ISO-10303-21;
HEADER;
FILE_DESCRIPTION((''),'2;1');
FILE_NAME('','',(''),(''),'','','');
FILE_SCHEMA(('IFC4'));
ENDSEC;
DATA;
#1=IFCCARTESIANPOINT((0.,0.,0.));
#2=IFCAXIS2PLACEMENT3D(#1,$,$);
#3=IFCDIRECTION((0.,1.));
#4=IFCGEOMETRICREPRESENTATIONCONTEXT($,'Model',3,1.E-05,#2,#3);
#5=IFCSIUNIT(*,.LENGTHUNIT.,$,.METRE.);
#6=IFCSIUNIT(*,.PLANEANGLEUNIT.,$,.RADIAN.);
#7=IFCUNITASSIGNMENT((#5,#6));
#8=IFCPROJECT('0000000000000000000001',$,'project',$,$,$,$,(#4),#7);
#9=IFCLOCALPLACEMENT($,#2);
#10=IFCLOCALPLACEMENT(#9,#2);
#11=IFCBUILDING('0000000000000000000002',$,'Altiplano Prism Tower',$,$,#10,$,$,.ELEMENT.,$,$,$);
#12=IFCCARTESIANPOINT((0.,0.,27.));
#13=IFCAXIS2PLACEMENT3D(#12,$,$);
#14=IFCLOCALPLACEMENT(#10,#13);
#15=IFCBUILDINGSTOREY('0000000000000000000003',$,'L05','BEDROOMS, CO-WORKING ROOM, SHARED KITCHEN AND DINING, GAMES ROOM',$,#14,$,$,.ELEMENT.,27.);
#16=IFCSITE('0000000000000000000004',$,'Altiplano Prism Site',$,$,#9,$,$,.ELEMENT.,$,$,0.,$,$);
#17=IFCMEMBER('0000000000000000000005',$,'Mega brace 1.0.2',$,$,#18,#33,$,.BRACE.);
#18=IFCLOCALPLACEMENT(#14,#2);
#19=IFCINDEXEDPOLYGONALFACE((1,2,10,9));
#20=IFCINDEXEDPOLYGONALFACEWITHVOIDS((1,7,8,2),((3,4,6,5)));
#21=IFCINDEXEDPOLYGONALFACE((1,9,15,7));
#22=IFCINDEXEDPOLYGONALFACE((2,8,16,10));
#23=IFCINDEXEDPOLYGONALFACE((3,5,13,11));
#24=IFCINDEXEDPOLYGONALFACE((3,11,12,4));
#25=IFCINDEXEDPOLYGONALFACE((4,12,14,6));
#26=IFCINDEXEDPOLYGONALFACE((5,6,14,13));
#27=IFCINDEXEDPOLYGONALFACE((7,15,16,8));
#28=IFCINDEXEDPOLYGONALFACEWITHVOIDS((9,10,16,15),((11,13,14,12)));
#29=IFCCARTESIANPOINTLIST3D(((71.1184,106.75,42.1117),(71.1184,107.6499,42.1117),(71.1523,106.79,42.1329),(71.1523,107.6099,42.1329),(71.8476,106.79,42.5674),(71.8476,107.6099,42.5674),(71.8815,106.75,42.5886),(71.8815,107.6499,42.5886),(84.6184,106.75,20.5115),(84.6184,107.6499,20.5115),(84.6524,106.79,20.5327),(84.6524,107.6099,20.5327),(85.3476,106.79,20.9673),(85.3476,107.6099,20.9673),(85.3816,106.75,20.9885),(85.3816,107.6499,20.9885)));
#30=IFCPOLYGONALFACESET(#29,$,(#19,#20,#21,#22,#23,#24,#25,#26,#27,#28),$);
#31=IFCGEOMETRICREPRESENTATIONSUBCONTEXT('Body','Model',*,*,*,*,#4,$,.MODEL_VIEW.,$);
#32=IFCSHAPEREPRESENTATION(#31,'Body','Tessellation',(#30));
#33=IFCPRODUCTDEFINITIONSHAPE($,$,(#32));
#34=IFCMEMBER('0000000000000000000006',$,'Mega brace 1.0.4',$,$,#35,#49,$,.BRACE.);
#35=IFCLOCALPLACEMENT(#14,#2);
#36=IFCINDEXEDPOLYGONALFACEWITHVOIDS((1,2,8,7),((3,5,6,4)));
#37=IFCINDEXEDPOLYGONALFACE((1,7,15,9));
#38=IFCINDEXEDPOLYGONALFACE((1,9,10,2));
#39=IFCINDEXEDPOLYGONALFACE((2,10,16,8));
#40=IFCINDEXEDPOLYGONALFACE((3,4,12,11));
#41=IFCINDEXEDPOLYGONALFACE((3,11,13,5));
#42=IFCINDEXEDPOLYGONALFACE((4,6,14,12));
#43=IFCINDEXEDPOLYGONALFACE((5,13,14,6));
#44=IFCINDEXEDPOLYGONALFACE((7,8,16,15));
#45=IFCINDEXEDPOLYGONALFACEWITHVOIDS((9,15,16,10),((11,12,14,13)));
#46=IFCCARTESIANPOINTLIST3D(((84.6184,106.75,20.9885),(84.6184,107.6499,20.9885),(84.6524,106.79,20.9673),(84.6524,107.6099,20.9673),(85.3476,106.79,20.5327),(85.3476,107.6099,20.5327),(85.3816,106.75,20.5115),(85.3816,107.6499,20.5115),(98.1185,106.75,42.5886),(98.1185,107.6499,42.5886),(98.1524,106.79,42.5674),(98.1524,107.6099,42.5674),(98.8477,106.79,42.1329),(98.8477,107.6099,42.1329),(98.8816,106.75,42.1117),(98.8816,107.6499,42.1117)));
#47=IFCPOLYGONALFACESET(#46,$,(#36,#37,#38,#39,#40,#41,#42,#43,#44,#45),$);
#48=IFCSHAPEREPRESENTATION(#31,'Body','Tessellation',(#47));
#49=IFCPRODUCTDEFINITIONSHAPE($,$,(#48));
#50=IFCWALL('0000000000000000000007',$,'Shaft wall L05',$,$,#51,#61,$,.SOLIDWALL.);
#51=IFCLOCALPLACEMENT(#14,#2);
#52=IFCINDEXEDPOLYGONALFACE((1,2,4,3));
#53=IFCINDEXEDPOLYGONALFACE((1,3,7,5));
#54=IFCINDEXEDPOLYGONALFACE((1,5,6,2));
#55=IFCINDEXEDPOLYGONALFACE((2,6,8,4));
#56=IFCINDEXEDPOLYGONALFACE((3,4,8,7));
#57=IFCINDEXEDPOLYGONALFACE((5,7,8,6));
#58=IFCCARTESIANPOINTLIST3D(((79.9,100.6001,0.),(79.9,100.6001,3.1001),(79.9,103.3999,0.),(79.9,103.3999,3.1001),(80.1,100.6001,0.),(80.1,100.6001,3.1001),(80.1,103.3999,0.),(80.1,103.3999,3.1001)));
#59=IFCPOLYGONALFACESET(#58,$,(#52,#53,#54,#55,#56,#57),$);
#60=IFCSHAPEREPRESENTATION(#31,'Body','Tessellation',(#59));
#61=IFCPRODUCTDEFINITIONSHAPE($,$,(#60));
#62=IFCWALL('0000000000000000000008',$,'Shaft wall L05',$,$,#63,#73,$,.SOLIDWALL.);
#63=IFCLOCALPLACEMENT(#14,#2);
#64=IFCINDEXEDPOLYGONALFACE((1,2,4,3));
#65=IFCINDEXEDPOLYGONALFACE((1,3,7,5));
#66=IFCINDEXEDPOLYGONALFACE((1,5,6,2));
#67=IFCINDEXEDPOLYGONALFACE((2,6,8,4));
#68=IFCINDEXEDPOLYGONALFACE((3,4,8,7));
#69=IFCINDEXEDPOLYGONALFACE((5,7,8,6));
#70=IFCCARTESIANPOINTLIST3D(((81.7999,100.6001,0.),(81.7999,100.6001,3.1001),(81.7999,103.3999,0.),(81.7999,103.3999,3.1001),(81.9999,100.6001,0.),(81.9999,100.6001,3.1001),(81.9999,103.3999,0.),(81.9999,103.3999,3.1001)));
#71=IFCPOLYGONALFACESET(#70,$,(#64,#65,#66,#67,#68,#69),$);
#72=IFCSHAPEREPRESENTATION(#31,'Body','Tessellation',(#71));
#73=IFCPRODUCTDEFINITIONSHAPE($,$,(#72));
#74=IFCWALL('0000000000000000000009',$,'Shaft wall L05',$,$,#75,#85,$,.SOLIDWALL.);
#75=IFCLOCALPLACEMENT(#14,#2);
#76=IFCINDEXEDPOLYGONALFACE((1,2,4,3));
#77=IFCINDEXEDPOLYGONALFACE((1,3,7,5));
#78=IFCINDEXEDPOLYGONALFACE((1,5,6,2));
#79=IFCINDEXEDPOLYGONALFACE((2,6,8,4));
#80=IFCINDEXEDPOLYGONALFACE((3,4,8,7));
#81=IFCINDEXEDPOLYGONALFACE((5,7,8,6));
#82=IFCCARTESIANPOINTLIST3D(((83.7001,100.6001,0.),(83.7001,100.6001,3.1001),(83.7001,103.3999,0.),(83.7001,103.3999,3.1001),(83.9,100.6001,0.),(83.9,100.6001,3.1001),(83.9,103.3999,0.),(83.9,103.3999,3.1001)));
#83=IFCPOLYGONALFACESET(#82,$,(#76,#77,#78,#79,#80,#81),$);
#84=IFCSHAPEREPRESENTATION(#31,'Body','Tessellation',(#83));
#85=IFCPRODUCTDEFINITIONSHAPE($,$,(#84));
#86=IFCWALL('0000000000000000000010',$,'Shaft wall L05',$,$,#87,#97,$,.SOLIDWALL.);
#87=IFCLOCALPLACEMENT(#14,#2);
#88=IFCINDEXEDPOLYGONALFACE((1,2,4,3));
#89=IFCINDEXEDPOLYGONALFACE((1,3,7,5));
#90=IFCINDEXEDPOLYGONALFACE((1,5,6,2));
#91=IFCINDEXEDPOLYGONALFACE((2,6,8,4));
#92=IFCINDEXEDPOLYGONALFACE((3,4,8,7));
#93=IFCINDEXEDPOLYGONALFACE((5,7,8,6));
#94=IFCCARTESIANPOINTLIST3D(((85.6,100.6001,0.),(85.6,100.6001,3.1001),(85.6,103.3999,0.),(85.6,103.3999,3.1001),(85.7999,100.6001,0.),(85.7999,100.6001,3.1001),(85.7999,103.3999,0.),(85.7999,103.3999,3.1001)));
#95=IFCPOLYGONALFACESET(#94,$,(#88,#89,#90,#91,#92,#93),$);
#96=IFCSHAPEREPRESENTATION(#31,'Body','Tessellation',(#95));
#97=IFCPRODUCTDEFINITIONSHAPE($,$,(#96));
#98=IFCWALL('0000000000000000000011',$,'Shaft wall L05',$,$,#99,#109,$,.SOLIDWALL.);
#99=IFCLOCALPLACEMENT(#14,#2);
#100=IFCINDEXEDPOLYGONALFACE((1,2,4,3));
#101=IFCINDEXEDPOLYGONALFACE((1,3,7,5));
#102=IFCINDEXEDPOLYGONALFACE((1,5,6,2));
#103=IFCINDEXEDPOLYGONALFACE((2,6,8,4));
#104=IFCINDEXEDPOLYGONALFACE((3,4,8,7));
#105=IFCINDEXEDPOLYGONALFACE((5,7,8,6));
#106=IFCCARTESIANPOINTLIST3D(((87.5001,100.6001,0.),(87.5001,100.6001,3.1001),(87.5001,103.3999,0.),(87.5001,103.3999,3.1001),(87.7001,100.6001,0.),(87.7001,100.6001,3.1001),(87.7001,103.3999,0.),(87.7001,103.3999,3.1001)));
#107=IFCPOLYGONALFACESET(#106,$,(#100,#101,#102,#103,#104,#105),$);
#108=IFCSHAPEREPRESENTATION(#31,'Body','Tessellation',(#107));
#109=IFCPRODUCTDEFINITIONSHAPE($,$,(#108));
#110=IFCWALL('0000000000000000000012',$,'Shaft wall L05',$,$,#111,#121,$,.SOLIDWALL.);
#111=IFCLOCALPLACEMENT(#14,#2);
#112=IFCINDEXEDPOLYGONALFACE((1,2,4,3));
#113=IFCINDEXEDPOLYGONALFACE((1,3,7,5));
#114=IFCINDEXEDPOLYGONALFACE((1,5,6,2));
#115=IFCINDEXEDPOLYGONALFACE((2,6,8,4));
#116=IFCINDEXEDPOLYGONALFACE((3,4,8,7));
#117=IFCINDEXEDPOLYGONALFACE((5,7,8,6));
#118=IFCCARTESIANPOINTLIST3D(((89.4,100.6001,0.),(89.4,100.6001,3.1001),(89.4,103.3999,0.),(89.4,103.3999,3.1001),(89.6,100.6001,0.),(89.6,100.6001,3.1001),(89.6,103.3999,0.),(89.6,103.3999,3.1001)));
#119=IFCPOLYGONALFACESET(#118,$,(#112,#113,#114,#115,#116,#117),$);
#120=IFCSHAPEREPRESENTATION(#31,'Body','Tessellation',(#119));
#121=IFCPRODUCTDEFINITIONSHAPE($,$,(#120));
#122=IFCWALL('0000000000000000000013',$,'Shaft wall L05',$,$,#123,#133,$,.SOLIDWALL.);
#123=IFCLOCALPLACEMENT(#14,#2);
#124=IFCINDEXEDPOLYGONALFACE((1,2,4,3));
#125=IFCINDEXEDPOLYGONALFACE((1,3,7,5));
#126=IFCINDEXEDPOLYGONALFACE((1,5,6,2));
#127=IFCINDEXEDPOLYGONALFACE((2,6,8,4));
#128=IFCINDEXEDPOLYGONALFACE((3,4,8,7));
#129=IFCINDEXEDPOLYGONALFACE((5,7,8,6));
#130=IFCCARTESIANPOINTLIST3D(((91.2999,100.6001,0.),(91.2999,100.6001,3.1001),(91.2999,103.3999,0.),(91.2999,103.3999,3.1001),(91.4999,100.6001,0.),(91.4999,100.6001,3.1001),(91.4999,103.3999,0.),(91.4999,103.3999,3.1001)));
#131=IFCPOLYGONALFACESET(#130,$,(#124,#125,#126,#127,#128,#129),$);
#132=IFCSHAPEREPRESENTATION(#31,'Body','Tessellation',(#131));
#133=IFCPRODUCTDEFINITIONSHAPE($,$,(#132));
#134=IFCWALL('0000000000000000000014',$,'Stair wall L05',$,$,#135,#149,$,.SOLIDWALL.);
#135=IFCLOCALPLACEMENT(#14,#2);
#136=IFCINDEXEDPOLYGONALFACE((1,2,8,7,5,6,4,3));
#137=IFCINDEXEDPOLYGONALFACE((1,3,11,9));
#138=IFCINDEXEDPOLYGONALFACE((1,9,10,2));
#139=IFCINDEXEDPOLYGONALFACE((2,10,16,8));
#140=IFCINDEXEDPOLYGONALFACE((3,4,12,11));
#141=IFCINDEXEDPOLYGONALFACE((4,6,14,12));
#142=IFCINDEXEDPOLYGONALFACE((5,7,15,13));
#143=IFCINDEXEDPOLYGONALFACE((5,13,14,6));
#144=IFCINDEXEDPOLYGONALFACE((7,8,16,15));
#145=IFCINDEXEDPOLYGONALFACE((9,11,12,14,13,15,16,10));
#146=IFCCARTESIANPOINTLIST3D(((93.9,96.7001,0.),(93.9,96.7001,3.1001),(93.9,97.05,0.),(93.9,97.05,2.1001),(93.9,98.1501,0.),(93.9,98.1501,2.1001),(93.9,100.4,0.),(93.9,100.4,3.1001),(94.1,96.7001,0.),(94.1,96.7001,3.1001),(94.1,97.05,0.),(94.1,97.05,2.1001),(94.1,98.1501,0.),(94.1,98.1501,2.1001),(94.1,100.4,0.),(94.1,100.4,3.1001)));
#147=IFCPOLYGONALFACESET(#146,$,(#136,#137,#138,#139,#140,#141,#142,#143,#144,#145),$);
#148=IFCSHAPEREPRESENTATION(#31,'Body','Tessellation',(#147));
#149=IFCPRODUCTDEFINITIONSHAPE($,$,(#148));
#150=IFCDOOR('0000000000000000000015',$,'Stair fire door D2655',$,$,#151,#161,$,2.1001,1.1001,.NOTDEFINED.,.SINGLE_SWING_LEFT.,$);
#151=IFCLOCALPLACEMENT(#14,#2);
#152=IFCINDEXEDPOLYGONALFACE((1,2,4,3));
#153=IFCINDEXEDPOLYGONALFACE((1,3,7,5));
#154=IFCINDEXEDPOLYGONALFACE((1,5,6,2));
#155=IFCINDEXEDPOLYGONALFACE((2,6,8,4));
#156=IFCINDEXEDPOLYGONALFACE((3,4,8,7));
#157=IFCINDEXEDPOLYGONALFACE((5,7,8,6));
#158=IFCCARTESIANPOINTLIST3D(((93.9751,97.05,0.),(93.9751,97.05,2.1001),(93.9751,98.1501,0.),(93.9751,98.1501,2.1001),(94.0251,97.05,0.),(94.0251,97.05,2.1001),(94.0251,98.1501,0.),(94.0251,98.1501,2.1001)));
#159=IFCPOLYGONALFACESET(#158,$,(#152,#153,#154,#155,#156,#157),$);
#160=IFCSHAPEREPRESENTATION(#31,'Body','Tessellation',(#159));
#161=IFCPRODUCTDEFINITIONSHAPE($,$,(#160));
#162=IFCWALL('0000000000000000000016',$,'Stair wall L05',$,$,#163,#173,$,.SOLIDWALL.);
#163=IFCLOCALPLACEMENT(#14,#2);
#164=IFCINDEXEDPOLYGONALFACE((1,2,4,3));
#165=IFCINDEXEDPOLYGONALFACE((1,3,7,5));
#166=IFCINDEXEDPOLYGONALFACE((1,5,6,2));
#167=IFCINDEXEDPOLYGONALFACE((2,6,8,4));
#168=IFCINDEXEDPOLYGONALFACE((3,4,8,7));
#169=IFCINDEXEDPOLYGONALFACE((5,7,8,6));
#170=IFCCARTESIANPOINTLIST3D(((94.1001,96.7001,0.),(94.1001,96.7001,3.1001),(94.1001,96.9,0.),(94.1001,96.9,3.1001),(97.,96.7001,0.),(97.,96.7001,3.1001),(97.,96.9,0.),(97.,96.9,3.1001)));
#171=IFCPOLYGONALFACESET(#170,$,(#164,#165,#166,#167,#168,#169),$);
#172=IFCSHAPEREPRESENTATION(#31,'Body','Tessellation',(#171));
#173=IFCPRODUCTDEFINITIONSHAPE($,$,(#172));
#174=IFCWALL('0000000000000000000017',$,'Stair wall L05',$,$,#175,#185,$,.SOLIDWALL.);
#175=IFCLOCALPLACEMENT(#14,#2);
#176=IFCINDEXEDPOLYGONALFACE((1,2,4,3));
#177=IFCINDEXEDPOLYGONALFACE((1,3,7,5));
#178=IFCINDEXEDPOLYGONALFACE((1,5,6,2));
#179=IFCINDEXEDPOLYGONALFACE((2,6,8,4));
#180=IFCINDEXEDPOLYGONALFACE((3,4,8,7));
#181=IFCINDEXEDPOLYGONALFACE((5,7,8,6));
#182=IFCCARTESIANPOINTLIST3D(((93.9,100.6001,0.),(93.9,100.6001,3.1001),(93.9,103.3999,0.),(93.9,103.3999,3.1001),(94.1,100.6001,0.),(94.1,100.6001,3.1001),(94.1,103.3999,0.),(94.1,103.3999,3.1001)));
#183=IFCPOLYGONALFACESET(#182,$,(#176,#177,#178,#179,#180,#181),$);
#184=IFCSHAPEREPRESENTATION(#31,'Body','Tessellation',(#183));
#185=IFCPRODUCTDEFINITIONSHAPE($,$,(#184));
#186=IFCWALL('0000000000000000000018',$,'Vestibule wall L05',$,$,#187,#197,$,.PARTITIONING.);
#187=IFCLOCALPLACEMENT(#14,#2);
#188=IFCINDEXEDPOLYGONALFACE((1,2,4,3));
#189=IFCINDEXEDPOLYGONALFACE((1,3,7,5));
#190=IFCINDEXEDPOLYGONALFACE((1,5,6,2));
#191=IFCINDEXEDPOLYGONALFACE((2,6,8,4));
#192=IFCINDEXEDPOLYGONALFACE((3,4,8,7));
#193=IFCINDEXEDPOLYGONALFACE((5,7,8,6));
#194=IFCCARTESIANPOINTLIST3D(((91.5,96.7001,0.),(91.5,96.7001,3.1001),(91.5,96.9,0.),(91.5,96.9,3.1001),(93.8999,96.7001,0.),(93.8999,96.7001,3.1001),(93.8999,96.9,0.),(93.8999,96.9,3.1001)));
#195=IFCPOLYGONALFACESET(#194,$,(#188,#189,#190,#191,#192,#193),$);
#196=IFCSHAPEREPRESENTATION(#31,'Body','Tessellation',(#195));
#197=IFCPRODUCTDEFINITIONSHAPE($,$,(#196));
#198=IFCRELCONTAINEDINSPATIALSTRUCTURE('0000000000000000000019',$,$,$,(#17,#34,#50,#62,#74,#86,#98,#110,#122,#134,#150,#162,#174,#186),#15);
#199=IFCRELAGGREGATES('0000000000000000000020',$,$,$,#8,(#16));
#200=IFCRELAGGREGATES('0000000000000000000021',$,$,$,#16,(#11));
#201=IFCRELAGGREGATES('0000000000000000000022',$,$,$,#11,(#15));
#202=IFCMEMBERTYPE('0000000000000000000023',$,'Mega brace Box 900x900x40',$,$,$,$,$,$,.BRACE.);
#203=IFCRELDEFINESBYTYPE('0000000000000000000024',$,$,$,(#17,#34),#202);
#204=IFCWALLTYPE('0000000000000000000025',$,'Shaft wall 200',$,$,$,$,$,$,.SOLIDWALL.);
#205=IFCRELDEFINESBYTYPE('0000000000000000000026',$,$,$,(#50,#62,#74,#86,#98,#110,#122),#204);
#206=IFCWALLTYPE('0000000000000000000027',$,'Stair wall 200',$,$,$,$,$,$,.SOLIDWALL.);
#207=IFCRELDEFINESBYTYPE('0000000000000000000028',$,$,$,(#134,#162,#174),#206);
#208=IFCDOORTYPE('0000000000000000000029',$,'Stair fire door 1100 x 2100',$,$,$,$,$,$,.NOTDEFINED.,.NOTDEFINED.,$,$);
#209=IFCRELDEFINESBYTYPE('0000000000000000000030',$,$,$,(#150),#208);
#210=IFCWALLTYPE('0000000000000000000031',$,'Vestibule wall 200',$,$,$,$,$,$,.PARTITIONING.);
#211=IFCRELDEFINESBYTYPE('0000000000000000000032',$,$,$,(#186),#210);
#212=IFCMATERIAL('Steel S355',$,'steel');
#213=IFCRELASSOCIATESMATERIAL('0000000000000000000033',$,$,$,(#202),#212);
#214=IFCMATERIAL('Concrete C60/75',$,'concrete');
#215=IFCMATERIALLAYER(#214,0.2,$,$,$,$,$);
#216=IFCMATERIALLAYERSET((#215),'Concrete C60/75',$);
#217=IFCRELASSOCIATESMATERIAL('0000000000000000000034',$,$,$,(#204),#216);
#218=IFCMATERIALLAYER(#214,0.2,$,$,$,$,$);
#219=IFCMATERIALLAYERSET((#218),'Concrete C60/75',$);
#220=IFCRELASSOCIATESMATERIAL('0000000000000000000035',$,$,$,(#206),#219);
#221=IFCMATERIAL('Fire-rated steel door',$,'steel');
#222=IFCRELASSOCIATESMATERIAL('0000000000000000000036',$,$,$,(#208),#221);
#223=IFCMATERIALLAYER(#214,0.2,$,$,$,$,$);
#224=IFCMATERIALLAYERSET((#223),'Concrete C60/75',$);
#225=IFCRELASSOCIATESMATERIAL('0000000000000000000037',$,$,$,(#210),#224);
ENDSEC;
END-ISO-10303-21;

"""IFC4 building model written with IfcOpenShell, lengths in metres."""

from ifc_helpers import new_model, si_unit, direction, frame, frame_2d, origin, origin_2d, place, context, subcontext, project, spatial, rectangle, hollow_rectangle, extrude, material, layer, layer_set, material_profile, profile_set, type_object, element, fill, save


model = new_model("IFC4")

# Units and contexts
model_context = context("Model", 3, precision=1e-05, world=origin(), true_north=direction((0.0, 1.0)))
body_context = subcontext(model_context, "Body", "Model", "MODEL_VIEW")
ifc_project = project(units=[si_unit("LENGTHUNIT", "METRE"), si_unit("PLANEANGLEUNIT", "RADIAN")], contexts=[model_context])

# Site, building, storey
site_placement = place(None, origin())
site = spatial("IfcSite", under=ifc_project, at=site_placement, Name="Altiplano Prism Site", CompositionType="ELEMENT", RefElevation=0.0)
building_placement = place(site_placement, origin())
building = spatial("IfcBuilding", under=site, at=building_placement, Name="Altiplano Prism Tower", CompositionType="ELEMENT")
storey_placement = place(building_placement, frame((0.0, 0.0, 27.0)))
storey = spatial("IfcBuildingStorey", under=building, at=storey_placement, Name="L05", Description="BEDROOMS, CO-WORKING ROOM, SHARED KITCHEN AND DINING, GAMES ROOM", CompositionType="ELEMENT", Elevation=27.0)

# Members
ifc_material_1 = material(Name="Steel S355", Category="steel")
ifc_material_profile = material_profile(ifc_material_1, hollow_rectangle(XDim=0.8999, YDim=0.8999, WallThickness=0.04, at=origin_2d()), Name="Mega brace Box 900x900x40")
ifc_profile_set = profile_set([ifc_material_profile], Name="Steel S355")
member_type = type_object("IfcMemberType", Name="Mega brace Box 900x900x40", PredefinedType="BRACE", material=ifc_profile_set)
for number, where, z_axis, x_axis, name in (
    (1, (85.0, 107.2, 20.75), (-0.529997, 0.0, 0.847999), (0.0, -1.0, 0.0), "Mega brace 1.0.2"),
    (2, (85.0, 107.2, 20.75), (0.529997, 0.0, 0.847999), (0.0, 1.0, 0.0), "Mega brace 1.0.4"),
):
    element("IfcMember", number, at=place(storey_placement, frame(where, z_axis=z_axis, x_axis=x_axis)), inside=storey, type_object=member_type, Name=name, PredefinedType="BRACE", context=body_context, shape_type="SweptSolid", body=[
        extrude(hollow_rectangle(XDim=0.8999, YDim=0.8999, WallThickness=0.04, at=origin_2d()), origin(), (0.0, 0.0, 1.0), 25.4719),
    ])

# Walls
ifc_material_2 = material(Name="Concrete C60/75", Category="concrete")
ifc_layer_1 = layer(ifc_material_2, 0.2)
ifc_layer_set_1 = layer_set([ifc_layer_1], Name="Concrete C60/75")
wall_type_1 = type_object("IfcWallType", Name="Shaft wall 200", PredefinedType="SOLIDWALL", material=ifc_layer_set_1)
for number, where, z_axis, x_axis, name in (
    (3, (80.0, 100.6001, 0.0), (0.0, 0.0, 1.0), (0.0, 1.0, 0.0), "Shaft wall L05"),
    (4, (81.8999, 100.6001, 0.0), (0.0, 0.0, 1.0), (0.0, 1.0, 0.0), "Shaft wall L05"),
    (5, (83.8, 100.6001, 0.0), (0.0, 0.0, 1.0), (0.0, 1.0, 0.0), "Shaft wall L05"),
    (6, (85.7, 100.6001, 0.0), (0.0, 0.0, 1.0), (0.0, 1.0, 0.0), "Shaft wall L05"),
    (7, (87.6001, 100.6001, 0.0), (0.0, 0.0, 1.0), (0.0, 1.0, 0.0), "Shaft wall L05"),
    (8, (89.5, 100.6001, 0.0), (0.0, 0.0, 1.0), (0.0, 1.0, 0.0), "Shaft wall L05"),
    (9, (91.3999, 100.6001, 0.0), (0.0, 0.0, 1.0), (0.0, 1.0, 0.0), "Shaft wall L05"),
):
    element("IfcWall", number, at=place(storey_placement, frame(where, z_axis=z_axis, x_axis=x_axis)), inside=storey, type_object=wall_type_1, Name=name, PredefinedType="SOLIDWALL", context=body_context, shape_type="SweptSolid", body=[
        extrude(rectangle(XDim=2.7998, YDim=0.2, at=frame_2d((1.3999, 0.0))), origin(), (0.0, 0.0, 1.0), 3.1001),
    ])

# Wall, opening, door
ifc_layer_2 = layer(ifc_material_2, 0.2)
ifc_layer_set_2 = layer_set([ifc_layer_2], Name="Concrete C60/75")
wall_type_2 = type_object("IfcWallType", Name="Stair wall 200", PredefinedType="SOLIDWALL", material=ifc_layer_set_2)
wall_1_placement = place(storey_placement, frame((94.0, 96.7, 0.0), z_axis=(0.0, 0.0, 1.0), x_axis=(0.0, 1.0, 0.0)))
wall_1 = element("IfcWall", 10, at=wall_1_placement, inside=storey, type_object=wall_type_2, Name="Stair wall L05", PredefinedType="SOLIDWALL", context=body_context, shape_type="SweptSolid", body=[
    extrude(rectangle(XDim=3.7, YDim=0.2, at=frame_2d((1.8501, 0.0))), origin(), (0.0, 0.0, 1.0), 3.1001),
])
opening_placement = place(wall_1_placement, frame((0.3501, 0.0, 0.0)))
opening = element("IfcOpeningElement", 11, at=opening_placement, cuts=wall_1, PredefinedType="OPENING", context=body_context, shape_type="SweptSolid", body=[
    extrude(rectangle(XDim=1.1001, YDim=2.1001, at=frame_2d((0.55, 1.05))), frame((0.0, 0.1104, 0.0), z_axis=(0.0, -1.0, 0.0), x_axis=(1.0, 0.0, 0.0)), (0.0, 0.0, 1.0), 0.2209),
])
ifc_material_3 = material(Name="Fire-rated steel door", Category="steel")
door_type = type_object("IfcDoorType", Name="Stair fire door 1100 x 2100", OperationType="NOTDEFINED", PredefinedType="NOTDEFINED", material=ifc_material_3)
door_placement = place(opening_placement, origin())
door = element("IfcDoor", 12, at=door_placement, inside=storey, type_object=door_type, Name="Stair fire door D2655", OperationType="SINGLE_SWING_LEFT", OverallHeight=2.1001, OverallWidth=1.1001, PredefinedType="NOTDEFINED", context=body_context, shape_type="SweptSolid", body=[
    extrude(rectangle(XDim=1.1001, YDim=2.1001, at=frame_2d((0.55, 1.05))), frame((0.0, 0.0249, 0.0), z_axis=(0.0, -1.0, 0.0), x_axis=(1.0, 0.0, 0.0)), (0.0, 0.0, 1.0), 0.05),
])
fill(opening, door)

# Walls
wall_2_placement = place(storey_placement, frame((94.1001, 96.8, 0.0), z_axis=(0.0, 0.0, 1.0), x_axis=(1.0, 0.0, 0.0)))
element("IfcWall", 13, at=wall_2_placement, inside=storey, type_object=wall_type_2, Name="Stair wall L05", PredefinedType="SOLIDWALL", context=body_context, shape_type="SweptSolid", body=[
    extrude(rectangle(XDim=2.8999, YDim=0.2, at=frame_2d((1.45, 0.0))), origin(), (0.0, 0.0, 1.0), 3.1001),
])
wall_3_placement = place(storey_placement, frame((94.0, 100.6001, 0.0), z_axis=(0.0, 0.0, 1.0), x_axis=(0.0, 1.0, 0.0)))
element("IfcWall", 14, at=wall_3_placement, inside=storey, type_object=wall_type_2, Name="Stair wall L05", PredefinedType="SOLIDWALL", context=body_context, shape_type="SweptSolid", body=[
    extrude(rectangle(XDim=2.7998, YDim=0.2, at=frame_2d((1.3999, 0.0))), origin(), (0.0, 0.0, 1.0), 3.1001),
])
ifc_layer_3 = layer(ifc_material_2, 0.2)
ifc_layer_set_3 = layer_set([ifc_layer_3], Name="Concrete C60/75")
wall_type_3 = type_object("IfcWallType", Name="Vestibule wall 200", PredefinedType="PARTITIONING", material=ifc_layer_set_3)
wall_4_placement = place(storey_placement, frame((91.5, 96.8, 0.0), z_axis=(0.0, 0.0, 1.0), x_axis=(1.0, 0.0, 0.0)))
element("IfcWall", 15, at=wall_4_placement, inside=storey, type_object=wall_type_3, Name="Vestibule wall L05", PredefinedType="PARTITIONING", context=body_context, shape_type="SweptSolid", body=[
    extrude(rectangle(XDim=2.3999, YDim=0.2, at=frame_2d((1.2, 0.0))), origin(), (0.0, 0.0, 1.0), 3.1001),
])

save(model, "model.ifc")
